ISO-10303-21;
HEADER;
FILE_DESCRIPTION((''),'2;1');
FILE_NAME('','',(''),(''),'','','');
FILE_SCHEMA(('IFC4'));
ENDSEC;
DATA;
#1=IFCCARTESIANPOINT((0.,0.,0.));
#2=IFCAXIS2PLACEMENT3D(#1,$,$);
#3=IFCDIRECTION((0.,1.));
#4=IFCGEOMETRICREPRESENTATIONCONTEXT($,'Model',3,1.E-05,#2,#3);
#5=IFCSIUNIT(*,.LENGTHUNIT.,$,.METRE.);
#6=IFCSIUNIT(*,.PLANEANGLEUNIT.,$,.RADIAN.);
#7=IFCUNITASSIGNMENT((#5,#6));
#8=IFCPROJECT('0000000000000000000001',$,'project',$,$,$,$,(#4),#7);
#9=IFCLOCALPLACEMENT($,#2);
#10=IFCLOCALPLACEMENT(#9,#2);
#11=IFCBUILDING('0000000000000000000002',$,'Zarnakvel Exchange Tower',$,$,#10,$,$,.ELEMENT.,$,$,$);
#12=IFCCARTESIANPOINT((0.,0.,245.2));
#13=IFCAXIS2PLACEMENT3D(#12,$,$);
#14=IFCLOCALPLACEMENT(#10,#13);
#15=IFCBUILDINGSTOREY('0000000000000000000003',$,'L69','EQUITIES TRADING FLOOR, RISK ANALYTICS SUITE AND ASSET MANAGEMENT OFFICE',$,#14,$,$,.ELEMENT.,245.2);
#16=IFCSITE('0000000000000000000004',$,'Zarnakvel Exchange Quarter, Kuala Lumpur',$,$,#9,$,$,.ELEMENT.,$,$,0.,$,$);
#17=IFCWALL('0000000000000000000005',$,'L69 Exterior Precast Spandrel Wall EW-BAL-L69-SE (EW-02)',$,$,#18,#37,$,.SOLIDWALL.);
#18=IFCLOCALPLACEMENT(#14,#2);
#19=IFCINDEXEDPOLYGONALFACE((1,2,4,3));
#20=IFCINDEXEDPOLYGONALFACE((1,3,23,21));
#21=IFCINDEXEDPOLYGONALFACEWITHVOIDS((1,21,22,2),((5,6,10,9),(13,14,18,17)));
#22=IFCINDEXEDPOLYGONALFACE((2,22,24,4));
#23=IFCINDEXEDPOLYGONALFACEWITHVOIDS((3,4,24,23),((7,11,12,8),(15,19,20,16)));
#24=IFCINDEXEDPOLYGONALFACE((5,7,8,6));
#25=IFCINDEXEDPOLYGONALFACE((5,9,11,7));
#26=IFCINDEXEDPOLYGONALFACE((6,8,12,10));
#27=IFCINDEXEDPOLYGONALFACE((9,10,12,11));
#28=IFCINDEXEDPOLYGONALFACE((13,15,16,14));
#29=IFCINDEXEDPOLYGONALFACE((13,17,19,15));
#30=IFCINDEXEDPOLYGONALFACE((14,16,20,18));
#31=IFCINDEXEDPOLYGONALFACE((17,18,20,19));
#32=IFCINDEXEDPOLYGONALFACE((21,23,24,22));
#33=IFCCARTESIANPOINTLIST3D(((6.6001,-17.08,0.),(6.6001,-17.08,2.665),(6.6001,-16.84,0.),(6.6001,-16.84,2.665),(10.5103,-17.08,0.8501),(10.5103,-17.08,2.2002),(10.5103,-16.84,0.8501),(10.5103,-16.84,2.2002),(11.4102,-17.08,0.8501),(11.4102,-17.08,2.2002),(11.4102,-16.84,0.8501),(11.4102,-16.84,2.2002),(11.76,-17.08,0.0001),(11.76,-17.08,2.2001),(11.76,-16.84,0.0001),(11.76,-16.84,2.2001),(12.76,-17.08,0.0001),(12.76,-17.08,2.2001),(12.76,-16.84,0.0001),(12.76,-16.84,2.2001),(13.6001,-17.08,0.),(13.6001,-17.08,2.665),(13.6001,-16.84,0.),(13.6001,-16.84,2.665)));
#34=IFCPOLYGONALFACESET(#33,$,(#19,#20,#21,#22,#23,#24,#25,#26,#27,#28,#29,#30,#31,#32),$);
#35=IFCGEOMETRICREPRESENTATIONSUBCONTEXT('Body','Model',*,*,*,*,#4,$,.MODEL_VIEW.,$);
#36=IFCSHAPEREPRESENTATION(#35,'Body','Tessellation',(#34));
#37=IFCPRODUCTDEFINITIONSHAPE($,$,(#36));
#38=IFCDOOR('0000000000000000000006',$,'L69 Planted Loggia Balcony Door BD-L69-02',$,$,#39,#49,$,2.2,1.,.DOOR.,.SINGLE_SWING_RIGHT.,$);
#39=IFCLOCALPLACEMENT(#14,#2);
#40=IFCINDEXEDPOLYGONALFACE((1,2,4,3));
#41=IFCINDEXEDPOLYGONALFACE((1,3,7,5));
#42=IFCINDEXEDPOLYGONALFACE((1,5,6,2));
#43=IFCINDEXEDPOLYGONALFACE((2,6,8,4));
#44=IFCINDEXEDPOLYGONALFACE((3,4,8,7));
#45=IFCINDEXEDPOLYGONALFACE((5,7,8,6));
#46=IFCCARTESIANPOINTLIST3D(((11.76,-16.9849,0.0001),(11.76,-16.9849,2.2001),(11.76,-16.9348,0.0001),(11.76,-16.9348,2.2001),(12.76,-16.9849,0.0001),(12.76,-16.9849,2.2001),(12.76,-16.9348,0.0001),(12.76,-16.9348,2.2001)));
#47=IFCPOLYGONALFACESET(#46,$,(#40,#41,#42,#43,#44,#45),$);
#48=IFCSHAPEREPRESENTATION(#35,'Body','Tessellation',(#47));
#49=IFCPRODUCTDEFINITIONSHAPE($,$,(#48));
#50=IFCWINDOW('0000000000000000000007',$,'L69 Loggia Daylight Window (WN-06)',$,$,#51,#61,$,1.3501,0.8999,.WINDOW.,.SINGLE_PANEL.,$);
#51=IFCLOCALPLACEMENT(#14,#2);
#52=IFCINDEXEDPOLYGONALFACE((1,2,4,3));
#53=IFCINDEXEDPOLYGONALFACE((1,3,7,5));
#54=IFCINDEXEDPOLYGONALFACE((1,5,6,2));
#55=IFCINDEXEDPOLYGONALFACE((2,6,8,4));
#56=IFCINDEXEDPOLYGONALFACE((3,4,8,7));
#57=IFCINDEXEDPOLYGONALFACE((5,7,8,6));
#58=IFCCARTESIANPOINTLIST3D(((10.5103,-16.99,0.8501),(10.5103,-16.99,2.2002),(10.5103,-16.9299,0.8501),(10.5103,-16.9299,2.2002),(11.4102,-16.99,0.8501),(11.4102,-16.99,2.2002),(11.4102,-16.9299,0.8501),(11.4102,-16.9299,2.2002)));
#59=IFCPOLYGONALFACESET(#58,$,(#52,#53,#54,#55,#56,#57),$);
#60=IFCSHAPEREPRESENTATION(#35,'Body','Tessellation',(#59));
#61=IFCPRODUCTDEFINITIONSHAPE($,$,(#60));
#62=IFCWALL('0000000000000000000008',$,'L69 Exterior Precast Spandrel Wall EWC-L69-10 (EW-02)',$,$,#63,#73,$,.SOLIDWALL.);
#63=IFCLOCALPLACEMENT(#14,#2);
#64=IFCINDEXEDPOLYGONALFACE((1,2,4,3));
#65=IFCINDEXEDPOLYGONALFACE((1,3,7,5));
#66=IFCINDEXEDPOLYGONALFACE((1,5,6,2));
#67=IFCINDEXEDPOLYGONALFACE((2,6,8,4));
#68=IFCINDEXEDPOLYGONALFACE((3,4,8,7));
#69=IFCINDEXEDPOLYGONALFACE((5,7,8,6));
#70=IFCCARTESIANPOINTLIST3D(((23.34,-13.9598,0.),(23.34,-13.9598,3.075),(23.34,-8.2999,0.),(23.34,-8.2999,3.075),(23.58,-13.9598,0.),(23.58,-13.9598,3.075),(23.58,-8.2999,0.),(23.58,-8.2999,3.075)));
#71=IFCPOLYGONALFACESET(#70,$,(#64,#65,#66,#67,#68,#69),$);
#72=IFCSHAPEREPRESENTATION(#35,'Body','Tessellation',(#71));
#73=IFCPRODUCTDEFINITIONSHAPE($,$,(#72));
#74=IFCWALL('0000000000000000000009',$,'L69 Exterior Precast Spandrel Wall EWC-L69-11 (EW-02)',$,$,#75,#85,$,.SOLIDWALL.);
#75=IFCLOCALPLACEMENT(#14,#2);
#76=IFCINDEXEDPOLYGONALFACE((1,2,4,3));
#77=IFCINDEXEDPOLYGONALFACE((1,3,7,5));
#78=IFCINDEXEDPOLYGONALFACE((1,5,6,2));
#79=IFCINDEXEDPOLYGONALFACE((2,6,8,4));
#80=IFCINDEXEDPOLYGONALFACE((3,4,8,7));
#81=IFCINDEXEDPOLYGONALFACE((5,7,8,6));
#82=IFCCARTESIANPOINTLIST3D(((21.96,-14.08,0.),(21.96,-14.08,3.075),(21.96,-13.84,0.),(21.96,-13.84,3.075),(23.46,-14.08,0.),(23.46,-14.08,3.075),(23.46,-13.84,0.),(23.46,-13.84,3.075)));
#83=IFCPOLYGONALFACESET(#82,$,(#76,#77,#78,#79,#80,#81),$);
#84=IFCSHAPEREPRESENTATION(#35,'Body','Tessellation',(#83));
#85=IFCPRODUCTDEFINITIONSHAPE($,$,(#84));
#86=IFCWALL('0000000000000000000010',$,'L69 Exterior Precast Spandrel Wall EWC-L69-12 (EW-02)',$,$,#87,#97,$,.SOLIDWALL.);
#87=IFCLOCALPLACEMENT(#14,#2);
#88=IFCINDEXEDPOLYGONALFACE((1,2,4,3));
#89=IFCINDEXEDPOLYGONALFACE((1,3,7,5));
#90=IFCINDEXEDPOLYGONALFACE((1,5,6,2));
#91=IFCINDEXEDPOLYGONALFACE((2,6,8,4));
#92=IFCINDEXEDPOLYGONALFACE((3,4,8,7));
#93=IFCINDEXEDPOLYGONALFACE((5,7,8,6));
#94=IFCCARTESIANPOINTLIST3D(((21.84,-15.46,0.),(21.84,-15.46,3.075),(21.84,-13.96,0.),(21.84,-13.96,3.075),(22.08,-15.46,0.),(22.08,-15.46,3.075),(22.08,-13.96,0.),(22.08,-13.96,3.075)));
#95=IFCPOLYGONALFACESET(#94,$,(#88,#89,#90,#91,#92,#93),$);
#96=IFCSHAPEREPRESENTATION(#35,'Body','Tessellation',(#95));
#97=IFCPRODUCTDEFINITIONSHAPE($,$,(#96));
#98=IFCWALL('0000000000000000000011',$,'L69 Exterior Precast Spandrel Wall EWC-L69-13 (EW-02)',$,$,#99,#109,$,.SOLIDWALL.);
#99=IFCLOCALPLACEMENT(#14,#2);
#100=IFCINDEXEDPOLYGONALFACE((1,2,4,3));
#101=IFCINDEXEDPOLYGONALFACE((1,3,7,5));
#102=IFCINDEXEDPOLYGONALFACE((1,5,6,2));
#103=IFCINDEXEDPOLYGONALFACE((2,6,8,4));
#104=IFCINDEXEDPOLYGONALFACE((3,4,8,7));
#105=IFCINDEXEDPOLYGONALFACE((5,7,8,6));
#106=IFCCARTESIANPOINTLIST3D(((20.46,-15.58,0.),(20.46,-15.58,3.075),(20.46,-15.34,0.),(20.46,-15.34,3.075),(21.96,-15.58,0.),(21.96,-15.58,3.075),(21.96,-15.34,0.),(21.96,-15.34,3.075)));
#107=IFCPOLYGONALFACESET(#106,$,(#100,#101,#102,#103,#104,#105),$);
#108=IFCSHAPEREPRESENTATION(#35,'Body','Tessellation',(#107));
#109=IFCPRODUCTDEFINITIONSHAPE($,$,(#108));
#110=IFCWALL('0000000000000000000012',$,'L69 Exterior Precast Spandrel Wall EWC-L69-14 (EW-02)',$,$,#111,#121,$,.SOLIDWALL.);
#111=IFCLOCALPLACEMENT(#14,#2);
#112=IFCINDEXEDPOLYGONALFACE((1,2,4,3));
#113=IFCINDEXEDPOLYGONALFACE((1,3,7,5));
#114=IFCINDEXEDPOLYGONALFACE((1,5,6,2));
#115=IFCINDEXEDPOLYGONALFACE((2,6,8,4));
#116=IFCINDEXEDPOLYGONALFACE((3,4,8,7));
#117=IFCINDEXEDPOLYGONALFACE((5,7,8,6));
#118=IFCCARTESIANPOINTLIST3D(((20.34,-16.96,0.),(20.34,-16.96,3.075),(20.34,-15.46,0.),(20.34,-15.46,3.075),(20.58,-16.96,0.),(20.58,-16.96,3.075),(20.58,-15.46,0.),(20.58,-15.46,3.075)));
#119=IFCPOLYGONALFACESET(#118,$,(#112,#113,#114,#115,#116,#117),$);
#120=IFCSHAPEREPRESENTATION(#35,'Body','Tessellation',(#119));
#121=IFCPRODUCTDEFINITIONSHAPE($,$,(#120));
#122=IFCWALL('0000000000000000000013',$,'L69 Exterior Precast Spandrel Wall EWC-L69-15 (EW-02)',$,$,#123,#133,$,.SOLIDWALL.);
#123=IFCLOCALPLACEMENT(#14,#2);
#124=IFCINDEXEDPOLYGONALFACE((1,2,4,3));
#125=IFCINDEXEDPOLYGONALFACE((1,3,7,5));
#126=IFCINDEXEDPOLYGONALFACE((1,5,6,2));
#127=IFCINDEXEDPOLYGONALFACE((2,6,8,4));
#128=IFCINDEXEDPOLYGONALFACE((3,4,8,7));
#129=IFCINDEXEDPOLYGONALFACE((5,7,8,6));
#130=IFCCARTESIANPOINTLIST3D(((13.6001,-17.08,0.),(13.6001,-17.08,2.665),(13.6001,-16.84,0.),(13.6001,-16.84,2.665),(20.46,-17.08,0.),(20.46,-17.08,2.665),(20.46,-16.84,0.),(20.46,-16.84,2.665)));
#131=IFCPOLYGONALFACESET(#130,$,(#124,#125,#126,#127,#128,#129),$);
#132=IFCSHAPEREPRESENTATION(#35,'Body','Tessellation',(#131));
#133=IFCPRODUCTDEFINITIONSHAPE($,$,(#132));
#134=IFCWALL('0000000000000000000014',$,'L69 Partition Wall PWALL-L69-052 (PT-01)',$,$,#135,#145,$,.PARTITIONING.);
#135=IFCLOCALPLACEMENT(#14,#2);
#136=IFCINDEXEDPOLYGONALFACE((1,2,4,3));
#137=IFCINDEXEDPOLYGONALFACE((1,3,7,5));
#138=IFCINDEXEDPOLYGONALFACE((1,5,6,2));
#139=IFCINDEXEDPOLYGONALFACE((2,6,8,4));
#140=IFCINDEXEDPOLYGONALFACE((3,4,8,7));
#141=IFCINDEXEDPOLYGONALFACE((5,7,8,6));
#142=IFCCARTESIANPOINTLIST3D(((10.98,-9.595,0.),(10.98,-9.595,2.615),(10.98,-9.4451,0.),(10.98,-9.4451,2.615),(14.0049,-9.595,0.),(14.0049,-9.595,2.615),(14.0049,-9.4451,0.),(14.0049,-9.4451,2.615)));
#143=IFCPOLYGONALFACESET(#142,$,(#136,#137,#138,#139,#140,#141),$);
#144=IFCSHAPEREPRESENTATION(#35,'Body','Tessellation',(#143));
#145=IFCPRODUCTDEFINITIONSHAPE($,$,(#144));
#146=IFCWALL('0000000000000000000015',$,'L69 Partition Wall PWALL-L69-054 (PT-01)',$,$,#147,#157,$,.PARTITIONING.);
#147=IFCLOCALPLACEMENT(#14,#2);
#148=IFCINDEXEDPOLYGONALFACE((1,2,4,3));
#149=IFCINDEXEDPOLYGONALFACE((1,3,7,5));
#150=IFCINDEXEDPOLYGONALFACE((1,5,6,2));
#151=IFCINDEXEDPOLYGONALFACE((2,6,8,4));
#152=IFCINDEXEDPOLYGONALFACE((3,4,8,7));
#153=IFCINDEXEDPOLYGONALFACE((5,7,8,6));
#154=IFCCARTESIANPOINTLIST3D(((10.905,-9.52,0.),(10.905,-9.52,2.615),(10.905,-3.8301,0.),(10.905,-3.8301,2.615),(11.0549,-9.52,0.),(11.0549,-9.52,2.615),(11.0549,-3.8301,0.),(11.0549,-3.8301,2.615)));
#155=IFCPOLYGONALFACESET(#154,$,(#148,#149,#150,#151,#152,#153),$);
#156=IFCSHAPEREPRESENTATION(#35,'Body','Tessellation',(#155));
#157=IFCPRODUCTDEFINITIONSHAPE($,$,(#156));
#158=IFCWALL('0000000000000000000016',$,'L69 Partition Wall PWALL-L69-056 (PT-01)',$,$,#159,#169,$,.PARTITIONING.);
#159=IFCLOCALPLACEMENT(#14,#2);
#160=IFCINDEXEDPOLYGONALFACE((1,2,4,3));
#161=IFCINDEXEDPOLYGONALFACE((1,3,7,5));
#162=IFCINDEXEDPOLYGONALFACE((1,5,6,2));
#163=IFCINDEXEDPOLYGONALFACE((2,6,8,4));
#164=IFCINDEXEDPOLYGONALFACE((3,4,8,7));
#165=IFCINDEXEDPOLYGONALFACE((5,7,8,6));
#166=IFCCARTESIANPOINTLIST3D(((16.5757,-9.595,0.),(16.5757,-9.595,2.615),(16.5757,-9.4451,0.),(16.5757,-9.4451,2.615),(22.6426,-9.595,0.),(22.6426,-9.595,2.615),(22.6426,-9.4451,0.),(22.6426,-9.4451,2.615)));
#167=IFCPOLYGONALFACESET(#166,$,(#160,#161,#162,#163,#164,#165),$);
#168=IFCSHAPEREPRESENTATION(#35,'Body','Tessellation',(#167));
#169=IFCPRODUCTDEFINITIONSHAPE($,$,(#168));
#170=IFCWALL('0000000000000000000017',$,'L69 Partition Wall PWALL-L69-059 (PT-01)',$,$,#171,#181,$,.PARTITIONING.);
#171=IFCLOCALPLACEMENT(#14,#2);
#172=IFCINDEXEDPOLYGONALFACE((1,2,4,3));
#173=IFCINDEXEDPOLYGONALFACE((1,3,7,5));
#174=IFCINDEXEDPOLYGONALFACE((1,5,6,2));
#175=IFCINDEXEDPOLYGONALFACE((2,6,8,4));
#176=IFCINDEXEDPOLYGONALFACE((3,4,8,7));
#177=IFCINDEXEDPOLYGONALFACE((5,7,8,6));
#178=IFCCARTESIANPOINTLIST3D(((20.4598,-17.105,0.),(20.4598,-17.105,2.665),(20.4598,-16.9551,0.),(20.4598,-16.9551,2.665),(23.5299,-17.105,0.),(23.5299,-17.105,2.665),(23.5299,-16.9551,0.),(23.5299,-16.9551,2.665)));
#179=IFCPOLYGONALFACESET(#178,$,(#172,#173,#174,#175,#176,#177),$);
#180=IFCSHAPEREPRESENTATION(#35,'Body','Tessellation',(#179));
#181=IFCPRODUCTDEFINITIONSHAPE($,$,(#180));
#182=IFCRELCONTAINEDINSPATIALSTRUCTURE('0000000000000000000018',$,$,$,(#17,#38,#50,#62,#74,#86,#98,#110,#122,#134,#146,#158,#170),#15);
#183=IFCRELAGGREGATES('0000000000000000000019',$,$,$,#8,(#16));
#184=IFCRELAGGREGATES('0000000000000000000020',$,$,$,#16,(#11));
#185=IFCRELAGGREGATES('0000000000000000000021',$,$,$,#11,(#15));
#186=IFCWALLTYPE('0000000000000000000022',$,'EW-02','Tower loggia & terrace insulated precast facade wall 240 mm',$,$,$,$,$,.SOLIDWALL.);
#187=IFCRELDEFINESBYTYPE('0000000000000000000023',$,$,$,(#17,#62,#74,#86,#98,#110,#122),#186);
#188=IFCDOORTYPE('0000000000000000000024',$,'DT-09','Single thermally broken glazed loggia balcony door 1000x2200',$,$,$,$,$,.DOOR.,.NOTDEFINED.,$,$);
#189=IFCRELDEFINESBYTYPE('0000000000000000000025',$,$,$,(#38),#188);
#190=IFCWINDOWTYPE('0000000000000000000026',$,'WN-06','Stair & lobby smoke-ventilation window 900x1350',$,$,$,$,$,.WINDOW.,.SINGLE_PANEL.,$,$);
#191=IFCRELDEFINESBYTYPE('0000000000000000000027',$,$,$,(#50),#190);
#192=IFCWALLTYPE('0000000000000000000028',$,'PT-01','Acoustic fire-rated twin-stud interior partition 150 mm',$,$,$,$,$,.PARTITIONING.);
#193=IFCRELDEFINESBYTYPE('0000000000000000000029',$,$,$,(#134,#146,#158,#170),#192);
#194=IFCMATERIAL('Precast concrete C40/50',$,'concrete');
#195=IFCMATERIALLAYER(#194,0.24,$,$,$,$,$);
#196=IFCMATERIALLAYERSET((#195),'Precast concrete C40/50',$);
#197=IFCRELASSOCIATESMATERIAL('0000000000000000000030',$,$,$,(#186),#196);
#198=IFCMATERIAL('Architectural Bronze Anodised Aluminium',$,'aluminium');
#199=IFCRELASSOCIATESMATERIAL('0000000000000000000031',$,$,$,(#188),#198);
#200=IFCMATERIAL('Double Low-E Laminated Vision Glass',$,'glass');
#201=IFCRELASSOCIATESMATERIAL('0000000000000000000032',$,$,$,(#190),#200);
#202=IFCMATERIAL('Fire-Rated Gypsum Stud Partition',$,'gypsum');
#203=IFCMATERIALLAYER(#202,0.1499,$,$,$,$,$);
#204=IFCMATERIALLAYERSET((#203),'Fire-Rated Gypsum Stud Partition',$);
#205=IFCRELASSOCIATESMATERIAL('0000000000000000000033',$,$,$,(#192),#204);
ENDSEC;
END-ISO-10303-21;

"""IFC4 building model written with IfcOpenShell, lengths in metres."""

from ifc_helpers import new_model, si_unit, direction, frame, frame_2d, origin, place, context, subcontext, project, spatial, rectangle, extrude, source, transform, mapped, material, layer, layer_set, type_object, element, fill, save


model = new_model("IFC4")

# Units and contexts
model_context = context("Model", 3, precision=1e-05, world=origin(), true_north=direction((0.0, 1.0)))
body_context = subcontext(model_context, "Body", "Model", "MODEL_VIEW")
ifc_project = project(units=[si_unit("LENGTHUNIT", "METRE"), si_unit("PLANEANGLEUNIT", "RADIAN")], contexts=[model_context])

# Site, building, storey
site_placement = place(None, origin())
site = spatial("IfcSite", under=ifc_project, at=site_placement, Name="Zarnakvel Exchange Quarter, Kuala Lumpur", CompositionType="ELEMENT", RefElevation=0.0)
building_placement = place(site_placement, origin())
building = spatial("IfcBuilding", under=site, at=building_placement, Name="Zarnakvel Exchange Tower", CompositionType="ELEMENT")
storey_placement = place(building_placement, frame((0.0, 0.0, 245.2)))
storey = spatial("IfcBuildingStorey", under=building, at=storey_placement, Name="L69", Description="EQUITIES TRADING FLOOR, RISK ANALYTICS SUITE AND ASSET MANAGEMENT OFFICE", CompositionType="ELEMENT", Elevation=245.2)

# Wall, openings, door, window
ifc_material_1 = material(Name="Precast concrete C40/50", Category="concrete")
ifc_layer_1 = layer(ifc_material_1, 0.24)
ifc_layer_set_1 = layer_set([ifc_layer_1], Name="Precast concrete C40/50")
wall_type_1 = type_object("IfcWallType", Name="EW-02", Description="Tower loggia & terrace insulated precast facade wall 240 mm", PredefinedType="SOLIDWALL", material=ifc_layer_set_1)
wall_1_placement = place(storey_placement, frame((13.6001, -16.96, 0.0), z_axis=(0.0, 0.0, 1.0), x_axis=(-1.0, 0.0, 0.0)))
wall_1 = element("IfcWall", 1, at=wall_1_placement, inside=storey, type_object=wall_type_1, Name="L69 Exterior Precast Spandrel Wall EW-BAL-L69-SE (EW-02)", PredefinedType="SOLIDWALL", context=body_context, shape_type="SweptSolid", body=[
    extrude(rectangle(XDim=7.0, YDim=0.24, at=frame_2d((3.5, 0.0))), origin(), (0.0, 0.0, 1.0), 2.665),
])
opening_1_placement = place(wall_1_placement, frame((0.8401, 0.0, 0.0)))
opening_1 = element("IfcOpeningElement", 2, at=opening_1_placement, cuts=wall_1, PredefinedType="OPENING", context=body_context, shape_type="SweptSolid", body=[
    extrude(rectangle(XDim=1.0, YDim=2.2, at=frame_2d((0.5, 1.1001))), frame((0.0, 0.1299, 0.0), z_axis=(0.0, -1.0, 0.0), x_axis=(1.0, 0.0, 0.0)), (0.0, 0.0, 1.0), 0.26),
])
opening_2_placement = place(wall_1_placement, frame((2.1899, 0.0, 0.8501)))
opening_2 = element("IfcOpeningElement", 3, at=opening_2_placement, cuts=wall_1, PredefinedType="OPENING", context=body_context, shape_type="SweptSolid", body=[
    extrude(rectangle(XDim=0.8999, YDim=1.3501, at=frame_2d((0.45, 0.675))), frame((0.0, 0.1299, 0.0), z_axis=(0.0, -1.0, 0.0), x_axis=(1.0, 0.0, 0.0)), (0.0, 0.0, 1.0), 0.26),
])
ifc_material_2 = material(Name="Architectural Bronze Anodised Aluminium", Category="aluminium")
door_type = type_object("IfcDoorType", Name="DT-09", Description="Single thermally broken glazed loggia balcony door 1000x2200", OperationType="NOTDEFINED", PredefinedType="DOOR", material=ifc_material_2)
shared_shape_1 = source(origin(), body_context, "Body", "SweptSolid", [
    extrude(rectangle(XDim=1.0, YDim=2.2, at=frame_2d((0.5, 1.1001))), frame((0.0, 0.0249, 0.0), z_axis=(0.0, -1.0, 0.0), x_axis=(1.0, 0.0, 0.0)), (0.0, 0.0, 1.0), 0.05),
])
door_placement = place(opening_1_placement, origin())
door = element("IfcDoor", 4, at=door_placement, inside=storey, type_object=door_type, Name="L69 Planted Loggia Balcony Door BD-L69-02", OperationType="SINGLE_SWING_RIGHT", OverallHeight=2.2, OverallWidth=1.0, PredefinedType="DOOR", context=body_context, shape_type="MappedRepresentation", body=[
    mapped(shared_shape_1, transform((0.0, 0.0, 0.0), x_axis=(1.0, 0.0, 0.0), y_axis=(0.0, 1.0, 0.0), z_axis=(0.0, 0.0, 1.0), scale=1.0)),
])
fill(opening_1, door)
ifc_material_3 = material(Name="Double Low-E Laminated Vision Glass", Category="glass")
window_type = type_object("IfcWindowType", Name="WN-06", Description="Stair & lobby smoke-ventilation window 900x1350", PartitioningType="SINGLE_PANEL", PredefinedType="WINDOW", material=ifc_material_3)
shared_shape_2 = source(origin(), body_context, "Body", "SweptSolid", [
    extrude(rectangle(XDim=0.8999, YDim=1.3501, at=frame_2d((0.45, 0.675))), frame((0.0, 0.03, 0.0), z_axis=(0.0, -1.0, 0.0), x_axis=(1.0, 0.0, 0.0)), (0.0, 0.0, 1.0), 0.0601),
])
window_placement = place(opening_2_placement, origin())
window = element("IfcWindow", 5, at=window_placement, inside=storey, type_object=window_type, Name="L69 Loggia Daylight Window (WN-06)", OverallHeight=1.3501, OverallWidth=0.8999, PartitioningType="SINGLE_PANEL", PredefinedType="WINDOW", context=body_context, shape_type="MappedRepresentation", body=[
    mapped(shared_shape_2, transform((0.0, 0.0, 0.0), x_axis=(1.0, 0.0, 0.0), y_axis=(0.0, 1.0, 0.0), z_axis=(0.0, 0.0, 1.0), scale=1.0)),
])
fill(opening_2, window)

# Walls
wall_2_placement = place(storey_placement, frame((23.46, -13.96, 0.0), z_axis=(0.0, 0.0, 1.0), x_axis=(0.0, 1.0, 0.0)))
element("IfcWall", 6, at=wall_2_placement, inside=storey, type_object=wall_type_1, Name="L69 Exterior Precast Spandrel Wall EWC-L69-10 (EW-02)", PredefinedType="SOLIDWALL", context=body_context, shape_type="SweptSolid", body=[
    extrude(rectangle(XDim=5.6599, YDim=0.24, at=frame_2d((2.8301, 0.0))), origin(), (0.0, 0.0, 1.0), 3.075),
])
for number, where, z_axis, x_axis, name in (
    (7, (21.96, -13.96, 0.0), (0.0, 0.0, 1.0), (1.0, 0.0, 0.0), "L69 Exterior Precast Spandrel Wall EWC-L69-11 (EW-02)"),
    (8, (21.96, -15.46, 0.0), (0.0, 0.0, 1.0), (0.0, 1.0, 0.0), "L69 Exterior Precast Spandrel Wall EWC-L69-12 (EW-02)"),
    (9, (20.46, -15.46, 0.0), (0.0, 0.0, 1.0), (1.0, 0.0, 0.0), "L69 Exterior Precast Spandrel Wall EWC-L69-13 (EW-02)"),
    (10, (20.46, -16.96, 0.0), (0.0, 0.0, 1.0), (0.0, 1.0, 0.0), "L69 Exterior Precast Spandrel Wall EWC-L69-14 (EW-02)"),
):
    element("IfcWall", number, at=place(storey_placement, frame(where, z_axis=z_axis, x_axis=x_axis)), inside=storey, type_object=wall_type_1, Name=name, PredefinedType="SOLIDWALL", context=body_context, shape_type="SweptSolid", body=[
        extrude(rectangle(XDim=1.5, YDim=0.24, at=frame_2d((0.75, 0.0))), origin(), (0.0, 0.0, 1.0), 3.075),
    ])
wall_3_placement = place(storey_placement, frame((13.6001, -16.96, 0.0), z_axis=(0.0, 0.0, 1.0), x_axis=(1.0, 0.0, 0.0)))
element("IfcWall", 11, at=wall_3_placement, inside=storey, type_object=wall_type_1, Name="L69 Exterior Precast Spandrel Wall EWC-L69-15 (EW-02)", PredefinedType="SOLIDWALL", context=body_context, shape_type="SweptSolid", body=[
    extrude(rectangle(XDim=6.8599, YDim=0.24, at=frame_2d((3.4299, 0.0))), origin(), (0.0, 0.0, 1.0), 2.665),
])
ifc_material_4 = material(Name="Fire-Rated Gypsum Stud Partition", Category="gypsum")
ifc_layer_2 = layer(ifc_material_4, 0.1499)
ifc_layer_set_2 = layer_set([ifc_layer_2], Name="Fire-Rated Gypsum Stud Partition")
wall_type_2 = type_object("IfcWallType", Name="PT-01", Description="Acoustic fire-rated twin-stud interior partition 150 mm", PredefinedType="PARTITIONING", material=ifc_layer_set_2)
wall_4_placement = place(storey_placement, frame((14.0049, -9.52, 0.0), z_axis=(0.0, 0.0, 1.0), x_axis=(-1.0, 0.0, 0.0)))
element("IfcWall", 12, at=wall_4_placement, inside=storey, type_object=wall_type_2, Name="L69 Partition Wall PWALL-L69-052 (PT-01)", PredefinedType="PARTITIONING", context=body_context, shape_type="SweptSolid", body=[
    extrude(rectangle(XDim=3.0249, YDim=0.1499, at=frame_2d((1.5125, 0.0))), origin(), (0.0, 0.0, 1.0), 2.615),
])
wall_5_placement = place(storey_placement, frame((10.98, -9.52, 0.0), z_axis=(0.0, 0.0, 1.0), x_axis=(0.0, 1.0, 0.0)))
element("IfcWall", 13, at=wall_5_placement, inside=storey, type_object=wall_type_2, Name="L69 Partition Wall PWALL-L69-054 (PT-01)", PredefinedType="PARTITIONING", context=body_context, shape_type="SweptSolid", body=[
    extrude(rectangle(XDim=5.6899, YDim=0.1499, at=frame_2d((2.845, 0.0))), origin(), (0.0, 0.0, 1.0), 2.615),
])
wall_6_placement = place(storey_placement, frame((22.6426, -9.52, 0.0), z_axis=(0.0, 0.0, 1.0), x_axis=(-1.0, 0.0, 0.0)))
element("IfcWall", 14, at=wall_6_placement, inside=storey, type_object=wall_type_2, Name="L69 Partition Wall PWALL-L69-056 (PT-01)", PredefinedType="PARTITIONING", context=body_context, shape_type="SweptSolid", body=[
    extrude(rectangle(XDim=6.0669, YDim=0.1499, at=frame_2d((3.0334, 0.0))), origin(), (0.0, 0.0, 1.0), 2.615),
])
wall_7_placement = place(storey_placement, frame((23.53, -17.03, 0.0), z_axis=(0.0, 0.0, 1.0), x_axis=(-1.0, 0.0, 0.0)))
element("IfcWall", 15, at=wall_7_placement, inside=storey, type_object=wall_type_2, Name="L69 Partition Wall PWALL-L69-059 (PT-01)", PredefinedType="PARTITIONING", context=body_context, shape_type="SweptSolid", body=[
    extrude(rectangle(XDim=3.0701, YDim=0.1499, at=frame_2d((1.5352, 0.0))), origin(), (0.0, 0.0, 1.0), 2.665),
])

save(model, "model.ifc")
